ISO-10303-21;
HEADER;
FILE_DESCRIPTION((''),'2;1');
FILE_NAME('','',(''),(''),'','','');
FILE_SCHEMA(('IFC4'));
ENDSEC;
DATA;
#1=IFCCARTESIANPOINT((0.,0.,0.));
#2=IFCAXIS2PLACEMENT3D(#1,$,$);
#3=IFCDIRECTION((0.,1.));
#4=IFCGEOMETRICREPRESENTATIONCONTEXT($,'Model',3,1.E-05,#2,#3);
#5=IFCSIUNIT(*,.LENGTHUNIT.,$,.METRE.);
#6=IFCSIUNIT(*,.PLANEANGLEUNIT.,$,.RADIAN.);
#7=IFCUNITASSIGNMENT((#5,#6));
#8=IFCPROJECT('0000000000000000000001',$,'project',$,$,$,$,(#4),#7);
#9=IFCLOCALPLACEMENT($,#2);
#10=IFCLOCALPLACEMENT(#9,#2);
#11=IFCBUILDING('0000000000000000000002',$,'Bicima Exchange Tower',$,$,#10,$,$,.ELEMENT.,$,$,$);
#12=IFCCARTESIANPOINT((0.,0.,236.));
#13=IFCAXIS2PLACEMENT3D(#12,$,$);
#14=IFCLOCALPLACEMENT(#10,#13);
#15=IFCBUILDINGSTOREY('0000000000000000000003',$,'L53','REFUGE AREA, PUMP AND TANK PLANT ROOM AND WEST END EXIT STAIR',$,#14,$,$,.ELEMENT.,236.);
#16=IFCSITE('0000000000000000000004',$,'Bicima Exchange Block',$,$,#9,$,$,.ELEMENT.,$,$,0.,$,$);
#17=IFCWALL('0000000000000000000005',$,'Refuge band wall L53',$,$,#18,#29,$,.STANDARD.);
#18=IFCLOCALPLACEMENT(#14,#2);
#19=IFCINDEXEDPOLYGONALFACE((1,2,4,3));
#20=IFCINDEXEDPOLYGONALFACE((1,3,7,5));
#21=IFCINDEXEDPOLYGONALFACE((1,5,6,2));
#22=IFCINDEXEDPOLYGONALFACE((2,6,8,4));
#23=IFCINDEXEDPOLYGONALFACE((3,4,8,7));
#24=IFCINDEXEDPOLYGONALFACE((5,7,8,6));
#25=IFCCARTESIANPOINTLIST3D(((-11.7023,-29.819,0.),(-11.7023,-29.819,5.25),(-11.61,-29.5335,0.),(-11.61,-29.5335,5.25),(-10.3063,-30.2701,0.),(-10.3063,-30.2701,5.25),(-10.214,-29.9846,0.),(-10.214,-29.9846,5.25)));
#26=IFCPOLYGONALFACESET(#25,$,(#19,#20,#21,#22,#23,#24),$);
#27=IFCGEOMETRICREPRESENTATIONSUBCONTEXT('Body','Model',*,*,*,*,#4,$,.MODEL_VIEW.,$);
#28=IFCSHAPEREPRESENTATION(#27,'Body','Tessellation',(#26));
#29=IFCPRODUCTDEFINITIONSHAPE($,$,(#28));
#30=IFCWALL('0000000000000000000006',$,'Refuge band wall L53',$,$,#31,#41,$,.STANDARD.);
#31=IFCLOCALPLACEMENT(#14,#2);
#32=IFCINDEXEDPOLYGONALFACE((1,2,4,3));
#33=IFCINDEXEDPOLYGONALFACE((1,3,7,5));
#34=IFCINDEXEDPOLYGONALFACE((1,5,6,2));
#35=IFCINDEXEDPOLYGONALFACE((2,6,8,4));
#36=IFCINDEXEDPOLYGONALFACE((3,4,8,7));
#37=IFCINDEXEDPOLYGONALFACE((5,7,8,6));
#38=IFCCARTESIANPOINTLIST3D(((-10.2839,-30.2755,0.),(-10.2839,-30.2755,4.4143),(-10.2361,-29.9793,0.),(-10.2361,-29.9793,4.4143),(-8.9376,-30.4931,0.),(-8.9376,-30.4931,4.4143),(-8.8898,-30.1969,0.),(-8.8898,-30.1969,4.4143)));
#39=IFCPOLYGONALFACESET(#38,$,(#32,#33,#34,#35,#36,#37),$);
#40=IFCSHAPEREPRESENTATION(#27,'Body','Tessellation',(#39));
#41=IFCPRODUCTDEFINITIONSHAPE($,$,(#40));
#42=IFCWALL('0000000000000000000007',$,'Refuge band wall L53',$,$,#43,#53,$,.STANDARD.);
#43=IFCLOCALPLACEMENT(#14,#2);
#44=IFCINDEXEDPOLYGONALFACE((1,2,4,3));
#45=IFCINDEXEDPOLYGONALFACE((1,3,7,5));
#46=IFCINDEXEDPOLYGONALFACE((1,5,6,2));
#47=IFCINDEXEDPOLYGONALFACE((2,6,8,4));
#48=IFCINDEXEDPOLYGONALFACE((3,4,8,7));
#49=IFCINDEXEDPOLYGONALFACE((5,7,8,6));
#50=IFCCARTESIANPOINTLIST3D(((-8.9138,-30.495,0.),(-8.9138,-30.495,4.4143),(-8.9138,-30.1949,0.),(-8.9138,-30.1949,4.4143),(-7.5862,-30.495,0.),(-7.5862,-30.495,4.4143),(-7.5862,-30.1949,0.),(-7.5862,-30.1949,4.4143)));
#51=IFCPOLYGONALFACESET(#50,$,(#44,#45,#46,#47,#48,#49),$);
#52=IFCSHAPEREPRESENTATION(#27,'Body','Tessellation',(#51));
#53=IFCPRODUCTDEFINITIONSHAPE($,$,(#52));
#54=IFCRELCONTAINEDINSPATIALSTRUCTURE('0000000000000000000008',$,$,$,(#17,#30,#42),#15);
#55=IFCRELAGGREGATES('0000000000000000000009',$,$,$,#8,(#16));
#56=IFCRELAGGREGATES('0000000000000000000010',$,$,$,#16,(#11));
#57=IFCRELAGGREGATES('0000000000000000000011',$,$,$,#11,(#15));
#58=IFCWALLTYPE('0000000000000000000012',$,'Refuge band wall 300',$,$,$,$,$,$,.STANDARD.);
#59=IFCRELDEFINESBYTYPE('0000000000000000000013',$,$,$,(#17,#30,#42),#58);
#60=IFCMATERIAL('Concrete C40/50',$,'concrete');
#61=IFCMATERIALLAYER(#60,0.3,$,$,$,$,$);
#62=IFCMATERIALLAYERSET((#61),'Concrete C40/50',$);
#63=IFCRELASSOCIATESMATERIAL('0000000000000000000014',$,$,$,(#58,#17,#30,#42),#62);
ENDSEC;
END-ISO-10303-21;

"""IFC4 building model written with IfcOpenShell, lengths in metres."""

from ifc_helpers import new_model, si_unit, direction, frame, frame_2d, origin, place, context, subcontext, project, spatial, rectangle, extrude, material, layer, layer_set, layer_usage, type_object, element, save


model = new_model("IFC4")

# Units and contexts
model_context = context("Model", 3, precision=1e-05, world=origin(), true_north=direction((0.0, 1.0)))
body_context = subcontext(model_context, "Body", "Model", "MODEL_VIEW")
ifc_project = project(units=[si_unit("LENGTHUNIT", "METRE"), si_unit("PLANEANGLEUNIT", "RADIAN")], contexts=[model_context])

# Site, building, storey
site_placement = place(None, origin())
site = spatial("IfcSite", under=ifc_project, at=site_placement, Name="Bicima Exchange Block", CompositionType="ELEMENT", RefElevation=0.0)
building_placement = place(site_placement, origin())
building = spatial("IfcBuilding", under=site, at=building_placement, Name="Bicima Exchange Tower", CompositionType="ELEMENT")
storey_placement = place(building_placement, frame((0.0, 0.0, 236.0)))
storey = spatial("IfcBuildingStorey", under=building, at=storey_placement, Name="L53", Description="REFUGE AREA, PUMP AND TANK PLANT ROOM AND WEST END EXIT STAIR", CompositionType="ELEMENT", Elevation=236.0)

# Shared definitions
ifc_material_1 = material(Name="Concrete C40/50", Category="concrete")

# Walls
ifc_layer_1 = layer(ifc_material_1, 0.3)
ifc_layer_set_1 = layer_set([ifc_layer_1], Name="Concrete C40/50")
ifc_layer_usage_1 = layer_usage(ifc_layer_set_1, "AXIS2", "POSITIVE", -0.15)
wall_type_1 = type_object("IfcWallType", Name="Refuge band wall 300", PredefinedType="STANDARD", material=ifc_layer_set_1)
wall_1_placement = place(storey_placement, frame((-11.656, -29.6763, 0.0), z_axis=(0.0, 0.0, 1.0), x_axis=(0.951539, -0.307528, 0.0)))
element("IfcWall", 1, at=wall_1_placement, inside=storey, type_object=wall_type_1, material=ifc_layer_usage_1, Name="Refuge band wall L53", PredefinedType="STANDARD", context=body_context, shape_type="SweptSolid", body=[
    extrude(rectangle(XDim=1.467, YDim=0.3, at=frame_2d((0.7334, 0.0))), origin(), (0.0, 0.0, 1.0), 5.25),
])
wall_2_placement = place(storey_placement, frame((-10.26, -30.1274, 0.0), z_axis=(0.0, 0.0, 1.0), x_axis=(0.987195, -0.15952, 0.0)))
element("IfcWall", 2, at=wall_2_placement, inside=storey, type_object=wall_type_1, material=ifc_layer_usage_1, Name="Refuge band wall L53", PredefinedType="STANDARD", context=body_context, shape_type="SweptSolid", body=[
    extrude(rectangle(XDim=1.3638, YDim=0.3, at=frame_2d((0.6819, 0.0))), origin(), (0.0, 0.0, 1.0), 4.4143),
])
wall_3_placement = place(storey_placement, frame((-8.9138, -30.345, 0.0), z_axis=(0.0, 0.0, 1.0), x_axis=(1.0, 0.0, 0.0)))
element("IfcWall", 3, at=wall_3_placement, inside=storey, type_object=wall_type_1, material=ifc_layer_usage_1, Name="Refuge band wall L53", PredefinedType="STANDARD", context=body_context, shape_type="SweptSolid", body=[
    extrude(rectangle(XDim=1.3276, YDim=0.3, at=frame_2d((0.6638, 0.0))), origin(), (0.0, 0.0, 1.0), 4.4143),
])

save(model, "model.ifc")
